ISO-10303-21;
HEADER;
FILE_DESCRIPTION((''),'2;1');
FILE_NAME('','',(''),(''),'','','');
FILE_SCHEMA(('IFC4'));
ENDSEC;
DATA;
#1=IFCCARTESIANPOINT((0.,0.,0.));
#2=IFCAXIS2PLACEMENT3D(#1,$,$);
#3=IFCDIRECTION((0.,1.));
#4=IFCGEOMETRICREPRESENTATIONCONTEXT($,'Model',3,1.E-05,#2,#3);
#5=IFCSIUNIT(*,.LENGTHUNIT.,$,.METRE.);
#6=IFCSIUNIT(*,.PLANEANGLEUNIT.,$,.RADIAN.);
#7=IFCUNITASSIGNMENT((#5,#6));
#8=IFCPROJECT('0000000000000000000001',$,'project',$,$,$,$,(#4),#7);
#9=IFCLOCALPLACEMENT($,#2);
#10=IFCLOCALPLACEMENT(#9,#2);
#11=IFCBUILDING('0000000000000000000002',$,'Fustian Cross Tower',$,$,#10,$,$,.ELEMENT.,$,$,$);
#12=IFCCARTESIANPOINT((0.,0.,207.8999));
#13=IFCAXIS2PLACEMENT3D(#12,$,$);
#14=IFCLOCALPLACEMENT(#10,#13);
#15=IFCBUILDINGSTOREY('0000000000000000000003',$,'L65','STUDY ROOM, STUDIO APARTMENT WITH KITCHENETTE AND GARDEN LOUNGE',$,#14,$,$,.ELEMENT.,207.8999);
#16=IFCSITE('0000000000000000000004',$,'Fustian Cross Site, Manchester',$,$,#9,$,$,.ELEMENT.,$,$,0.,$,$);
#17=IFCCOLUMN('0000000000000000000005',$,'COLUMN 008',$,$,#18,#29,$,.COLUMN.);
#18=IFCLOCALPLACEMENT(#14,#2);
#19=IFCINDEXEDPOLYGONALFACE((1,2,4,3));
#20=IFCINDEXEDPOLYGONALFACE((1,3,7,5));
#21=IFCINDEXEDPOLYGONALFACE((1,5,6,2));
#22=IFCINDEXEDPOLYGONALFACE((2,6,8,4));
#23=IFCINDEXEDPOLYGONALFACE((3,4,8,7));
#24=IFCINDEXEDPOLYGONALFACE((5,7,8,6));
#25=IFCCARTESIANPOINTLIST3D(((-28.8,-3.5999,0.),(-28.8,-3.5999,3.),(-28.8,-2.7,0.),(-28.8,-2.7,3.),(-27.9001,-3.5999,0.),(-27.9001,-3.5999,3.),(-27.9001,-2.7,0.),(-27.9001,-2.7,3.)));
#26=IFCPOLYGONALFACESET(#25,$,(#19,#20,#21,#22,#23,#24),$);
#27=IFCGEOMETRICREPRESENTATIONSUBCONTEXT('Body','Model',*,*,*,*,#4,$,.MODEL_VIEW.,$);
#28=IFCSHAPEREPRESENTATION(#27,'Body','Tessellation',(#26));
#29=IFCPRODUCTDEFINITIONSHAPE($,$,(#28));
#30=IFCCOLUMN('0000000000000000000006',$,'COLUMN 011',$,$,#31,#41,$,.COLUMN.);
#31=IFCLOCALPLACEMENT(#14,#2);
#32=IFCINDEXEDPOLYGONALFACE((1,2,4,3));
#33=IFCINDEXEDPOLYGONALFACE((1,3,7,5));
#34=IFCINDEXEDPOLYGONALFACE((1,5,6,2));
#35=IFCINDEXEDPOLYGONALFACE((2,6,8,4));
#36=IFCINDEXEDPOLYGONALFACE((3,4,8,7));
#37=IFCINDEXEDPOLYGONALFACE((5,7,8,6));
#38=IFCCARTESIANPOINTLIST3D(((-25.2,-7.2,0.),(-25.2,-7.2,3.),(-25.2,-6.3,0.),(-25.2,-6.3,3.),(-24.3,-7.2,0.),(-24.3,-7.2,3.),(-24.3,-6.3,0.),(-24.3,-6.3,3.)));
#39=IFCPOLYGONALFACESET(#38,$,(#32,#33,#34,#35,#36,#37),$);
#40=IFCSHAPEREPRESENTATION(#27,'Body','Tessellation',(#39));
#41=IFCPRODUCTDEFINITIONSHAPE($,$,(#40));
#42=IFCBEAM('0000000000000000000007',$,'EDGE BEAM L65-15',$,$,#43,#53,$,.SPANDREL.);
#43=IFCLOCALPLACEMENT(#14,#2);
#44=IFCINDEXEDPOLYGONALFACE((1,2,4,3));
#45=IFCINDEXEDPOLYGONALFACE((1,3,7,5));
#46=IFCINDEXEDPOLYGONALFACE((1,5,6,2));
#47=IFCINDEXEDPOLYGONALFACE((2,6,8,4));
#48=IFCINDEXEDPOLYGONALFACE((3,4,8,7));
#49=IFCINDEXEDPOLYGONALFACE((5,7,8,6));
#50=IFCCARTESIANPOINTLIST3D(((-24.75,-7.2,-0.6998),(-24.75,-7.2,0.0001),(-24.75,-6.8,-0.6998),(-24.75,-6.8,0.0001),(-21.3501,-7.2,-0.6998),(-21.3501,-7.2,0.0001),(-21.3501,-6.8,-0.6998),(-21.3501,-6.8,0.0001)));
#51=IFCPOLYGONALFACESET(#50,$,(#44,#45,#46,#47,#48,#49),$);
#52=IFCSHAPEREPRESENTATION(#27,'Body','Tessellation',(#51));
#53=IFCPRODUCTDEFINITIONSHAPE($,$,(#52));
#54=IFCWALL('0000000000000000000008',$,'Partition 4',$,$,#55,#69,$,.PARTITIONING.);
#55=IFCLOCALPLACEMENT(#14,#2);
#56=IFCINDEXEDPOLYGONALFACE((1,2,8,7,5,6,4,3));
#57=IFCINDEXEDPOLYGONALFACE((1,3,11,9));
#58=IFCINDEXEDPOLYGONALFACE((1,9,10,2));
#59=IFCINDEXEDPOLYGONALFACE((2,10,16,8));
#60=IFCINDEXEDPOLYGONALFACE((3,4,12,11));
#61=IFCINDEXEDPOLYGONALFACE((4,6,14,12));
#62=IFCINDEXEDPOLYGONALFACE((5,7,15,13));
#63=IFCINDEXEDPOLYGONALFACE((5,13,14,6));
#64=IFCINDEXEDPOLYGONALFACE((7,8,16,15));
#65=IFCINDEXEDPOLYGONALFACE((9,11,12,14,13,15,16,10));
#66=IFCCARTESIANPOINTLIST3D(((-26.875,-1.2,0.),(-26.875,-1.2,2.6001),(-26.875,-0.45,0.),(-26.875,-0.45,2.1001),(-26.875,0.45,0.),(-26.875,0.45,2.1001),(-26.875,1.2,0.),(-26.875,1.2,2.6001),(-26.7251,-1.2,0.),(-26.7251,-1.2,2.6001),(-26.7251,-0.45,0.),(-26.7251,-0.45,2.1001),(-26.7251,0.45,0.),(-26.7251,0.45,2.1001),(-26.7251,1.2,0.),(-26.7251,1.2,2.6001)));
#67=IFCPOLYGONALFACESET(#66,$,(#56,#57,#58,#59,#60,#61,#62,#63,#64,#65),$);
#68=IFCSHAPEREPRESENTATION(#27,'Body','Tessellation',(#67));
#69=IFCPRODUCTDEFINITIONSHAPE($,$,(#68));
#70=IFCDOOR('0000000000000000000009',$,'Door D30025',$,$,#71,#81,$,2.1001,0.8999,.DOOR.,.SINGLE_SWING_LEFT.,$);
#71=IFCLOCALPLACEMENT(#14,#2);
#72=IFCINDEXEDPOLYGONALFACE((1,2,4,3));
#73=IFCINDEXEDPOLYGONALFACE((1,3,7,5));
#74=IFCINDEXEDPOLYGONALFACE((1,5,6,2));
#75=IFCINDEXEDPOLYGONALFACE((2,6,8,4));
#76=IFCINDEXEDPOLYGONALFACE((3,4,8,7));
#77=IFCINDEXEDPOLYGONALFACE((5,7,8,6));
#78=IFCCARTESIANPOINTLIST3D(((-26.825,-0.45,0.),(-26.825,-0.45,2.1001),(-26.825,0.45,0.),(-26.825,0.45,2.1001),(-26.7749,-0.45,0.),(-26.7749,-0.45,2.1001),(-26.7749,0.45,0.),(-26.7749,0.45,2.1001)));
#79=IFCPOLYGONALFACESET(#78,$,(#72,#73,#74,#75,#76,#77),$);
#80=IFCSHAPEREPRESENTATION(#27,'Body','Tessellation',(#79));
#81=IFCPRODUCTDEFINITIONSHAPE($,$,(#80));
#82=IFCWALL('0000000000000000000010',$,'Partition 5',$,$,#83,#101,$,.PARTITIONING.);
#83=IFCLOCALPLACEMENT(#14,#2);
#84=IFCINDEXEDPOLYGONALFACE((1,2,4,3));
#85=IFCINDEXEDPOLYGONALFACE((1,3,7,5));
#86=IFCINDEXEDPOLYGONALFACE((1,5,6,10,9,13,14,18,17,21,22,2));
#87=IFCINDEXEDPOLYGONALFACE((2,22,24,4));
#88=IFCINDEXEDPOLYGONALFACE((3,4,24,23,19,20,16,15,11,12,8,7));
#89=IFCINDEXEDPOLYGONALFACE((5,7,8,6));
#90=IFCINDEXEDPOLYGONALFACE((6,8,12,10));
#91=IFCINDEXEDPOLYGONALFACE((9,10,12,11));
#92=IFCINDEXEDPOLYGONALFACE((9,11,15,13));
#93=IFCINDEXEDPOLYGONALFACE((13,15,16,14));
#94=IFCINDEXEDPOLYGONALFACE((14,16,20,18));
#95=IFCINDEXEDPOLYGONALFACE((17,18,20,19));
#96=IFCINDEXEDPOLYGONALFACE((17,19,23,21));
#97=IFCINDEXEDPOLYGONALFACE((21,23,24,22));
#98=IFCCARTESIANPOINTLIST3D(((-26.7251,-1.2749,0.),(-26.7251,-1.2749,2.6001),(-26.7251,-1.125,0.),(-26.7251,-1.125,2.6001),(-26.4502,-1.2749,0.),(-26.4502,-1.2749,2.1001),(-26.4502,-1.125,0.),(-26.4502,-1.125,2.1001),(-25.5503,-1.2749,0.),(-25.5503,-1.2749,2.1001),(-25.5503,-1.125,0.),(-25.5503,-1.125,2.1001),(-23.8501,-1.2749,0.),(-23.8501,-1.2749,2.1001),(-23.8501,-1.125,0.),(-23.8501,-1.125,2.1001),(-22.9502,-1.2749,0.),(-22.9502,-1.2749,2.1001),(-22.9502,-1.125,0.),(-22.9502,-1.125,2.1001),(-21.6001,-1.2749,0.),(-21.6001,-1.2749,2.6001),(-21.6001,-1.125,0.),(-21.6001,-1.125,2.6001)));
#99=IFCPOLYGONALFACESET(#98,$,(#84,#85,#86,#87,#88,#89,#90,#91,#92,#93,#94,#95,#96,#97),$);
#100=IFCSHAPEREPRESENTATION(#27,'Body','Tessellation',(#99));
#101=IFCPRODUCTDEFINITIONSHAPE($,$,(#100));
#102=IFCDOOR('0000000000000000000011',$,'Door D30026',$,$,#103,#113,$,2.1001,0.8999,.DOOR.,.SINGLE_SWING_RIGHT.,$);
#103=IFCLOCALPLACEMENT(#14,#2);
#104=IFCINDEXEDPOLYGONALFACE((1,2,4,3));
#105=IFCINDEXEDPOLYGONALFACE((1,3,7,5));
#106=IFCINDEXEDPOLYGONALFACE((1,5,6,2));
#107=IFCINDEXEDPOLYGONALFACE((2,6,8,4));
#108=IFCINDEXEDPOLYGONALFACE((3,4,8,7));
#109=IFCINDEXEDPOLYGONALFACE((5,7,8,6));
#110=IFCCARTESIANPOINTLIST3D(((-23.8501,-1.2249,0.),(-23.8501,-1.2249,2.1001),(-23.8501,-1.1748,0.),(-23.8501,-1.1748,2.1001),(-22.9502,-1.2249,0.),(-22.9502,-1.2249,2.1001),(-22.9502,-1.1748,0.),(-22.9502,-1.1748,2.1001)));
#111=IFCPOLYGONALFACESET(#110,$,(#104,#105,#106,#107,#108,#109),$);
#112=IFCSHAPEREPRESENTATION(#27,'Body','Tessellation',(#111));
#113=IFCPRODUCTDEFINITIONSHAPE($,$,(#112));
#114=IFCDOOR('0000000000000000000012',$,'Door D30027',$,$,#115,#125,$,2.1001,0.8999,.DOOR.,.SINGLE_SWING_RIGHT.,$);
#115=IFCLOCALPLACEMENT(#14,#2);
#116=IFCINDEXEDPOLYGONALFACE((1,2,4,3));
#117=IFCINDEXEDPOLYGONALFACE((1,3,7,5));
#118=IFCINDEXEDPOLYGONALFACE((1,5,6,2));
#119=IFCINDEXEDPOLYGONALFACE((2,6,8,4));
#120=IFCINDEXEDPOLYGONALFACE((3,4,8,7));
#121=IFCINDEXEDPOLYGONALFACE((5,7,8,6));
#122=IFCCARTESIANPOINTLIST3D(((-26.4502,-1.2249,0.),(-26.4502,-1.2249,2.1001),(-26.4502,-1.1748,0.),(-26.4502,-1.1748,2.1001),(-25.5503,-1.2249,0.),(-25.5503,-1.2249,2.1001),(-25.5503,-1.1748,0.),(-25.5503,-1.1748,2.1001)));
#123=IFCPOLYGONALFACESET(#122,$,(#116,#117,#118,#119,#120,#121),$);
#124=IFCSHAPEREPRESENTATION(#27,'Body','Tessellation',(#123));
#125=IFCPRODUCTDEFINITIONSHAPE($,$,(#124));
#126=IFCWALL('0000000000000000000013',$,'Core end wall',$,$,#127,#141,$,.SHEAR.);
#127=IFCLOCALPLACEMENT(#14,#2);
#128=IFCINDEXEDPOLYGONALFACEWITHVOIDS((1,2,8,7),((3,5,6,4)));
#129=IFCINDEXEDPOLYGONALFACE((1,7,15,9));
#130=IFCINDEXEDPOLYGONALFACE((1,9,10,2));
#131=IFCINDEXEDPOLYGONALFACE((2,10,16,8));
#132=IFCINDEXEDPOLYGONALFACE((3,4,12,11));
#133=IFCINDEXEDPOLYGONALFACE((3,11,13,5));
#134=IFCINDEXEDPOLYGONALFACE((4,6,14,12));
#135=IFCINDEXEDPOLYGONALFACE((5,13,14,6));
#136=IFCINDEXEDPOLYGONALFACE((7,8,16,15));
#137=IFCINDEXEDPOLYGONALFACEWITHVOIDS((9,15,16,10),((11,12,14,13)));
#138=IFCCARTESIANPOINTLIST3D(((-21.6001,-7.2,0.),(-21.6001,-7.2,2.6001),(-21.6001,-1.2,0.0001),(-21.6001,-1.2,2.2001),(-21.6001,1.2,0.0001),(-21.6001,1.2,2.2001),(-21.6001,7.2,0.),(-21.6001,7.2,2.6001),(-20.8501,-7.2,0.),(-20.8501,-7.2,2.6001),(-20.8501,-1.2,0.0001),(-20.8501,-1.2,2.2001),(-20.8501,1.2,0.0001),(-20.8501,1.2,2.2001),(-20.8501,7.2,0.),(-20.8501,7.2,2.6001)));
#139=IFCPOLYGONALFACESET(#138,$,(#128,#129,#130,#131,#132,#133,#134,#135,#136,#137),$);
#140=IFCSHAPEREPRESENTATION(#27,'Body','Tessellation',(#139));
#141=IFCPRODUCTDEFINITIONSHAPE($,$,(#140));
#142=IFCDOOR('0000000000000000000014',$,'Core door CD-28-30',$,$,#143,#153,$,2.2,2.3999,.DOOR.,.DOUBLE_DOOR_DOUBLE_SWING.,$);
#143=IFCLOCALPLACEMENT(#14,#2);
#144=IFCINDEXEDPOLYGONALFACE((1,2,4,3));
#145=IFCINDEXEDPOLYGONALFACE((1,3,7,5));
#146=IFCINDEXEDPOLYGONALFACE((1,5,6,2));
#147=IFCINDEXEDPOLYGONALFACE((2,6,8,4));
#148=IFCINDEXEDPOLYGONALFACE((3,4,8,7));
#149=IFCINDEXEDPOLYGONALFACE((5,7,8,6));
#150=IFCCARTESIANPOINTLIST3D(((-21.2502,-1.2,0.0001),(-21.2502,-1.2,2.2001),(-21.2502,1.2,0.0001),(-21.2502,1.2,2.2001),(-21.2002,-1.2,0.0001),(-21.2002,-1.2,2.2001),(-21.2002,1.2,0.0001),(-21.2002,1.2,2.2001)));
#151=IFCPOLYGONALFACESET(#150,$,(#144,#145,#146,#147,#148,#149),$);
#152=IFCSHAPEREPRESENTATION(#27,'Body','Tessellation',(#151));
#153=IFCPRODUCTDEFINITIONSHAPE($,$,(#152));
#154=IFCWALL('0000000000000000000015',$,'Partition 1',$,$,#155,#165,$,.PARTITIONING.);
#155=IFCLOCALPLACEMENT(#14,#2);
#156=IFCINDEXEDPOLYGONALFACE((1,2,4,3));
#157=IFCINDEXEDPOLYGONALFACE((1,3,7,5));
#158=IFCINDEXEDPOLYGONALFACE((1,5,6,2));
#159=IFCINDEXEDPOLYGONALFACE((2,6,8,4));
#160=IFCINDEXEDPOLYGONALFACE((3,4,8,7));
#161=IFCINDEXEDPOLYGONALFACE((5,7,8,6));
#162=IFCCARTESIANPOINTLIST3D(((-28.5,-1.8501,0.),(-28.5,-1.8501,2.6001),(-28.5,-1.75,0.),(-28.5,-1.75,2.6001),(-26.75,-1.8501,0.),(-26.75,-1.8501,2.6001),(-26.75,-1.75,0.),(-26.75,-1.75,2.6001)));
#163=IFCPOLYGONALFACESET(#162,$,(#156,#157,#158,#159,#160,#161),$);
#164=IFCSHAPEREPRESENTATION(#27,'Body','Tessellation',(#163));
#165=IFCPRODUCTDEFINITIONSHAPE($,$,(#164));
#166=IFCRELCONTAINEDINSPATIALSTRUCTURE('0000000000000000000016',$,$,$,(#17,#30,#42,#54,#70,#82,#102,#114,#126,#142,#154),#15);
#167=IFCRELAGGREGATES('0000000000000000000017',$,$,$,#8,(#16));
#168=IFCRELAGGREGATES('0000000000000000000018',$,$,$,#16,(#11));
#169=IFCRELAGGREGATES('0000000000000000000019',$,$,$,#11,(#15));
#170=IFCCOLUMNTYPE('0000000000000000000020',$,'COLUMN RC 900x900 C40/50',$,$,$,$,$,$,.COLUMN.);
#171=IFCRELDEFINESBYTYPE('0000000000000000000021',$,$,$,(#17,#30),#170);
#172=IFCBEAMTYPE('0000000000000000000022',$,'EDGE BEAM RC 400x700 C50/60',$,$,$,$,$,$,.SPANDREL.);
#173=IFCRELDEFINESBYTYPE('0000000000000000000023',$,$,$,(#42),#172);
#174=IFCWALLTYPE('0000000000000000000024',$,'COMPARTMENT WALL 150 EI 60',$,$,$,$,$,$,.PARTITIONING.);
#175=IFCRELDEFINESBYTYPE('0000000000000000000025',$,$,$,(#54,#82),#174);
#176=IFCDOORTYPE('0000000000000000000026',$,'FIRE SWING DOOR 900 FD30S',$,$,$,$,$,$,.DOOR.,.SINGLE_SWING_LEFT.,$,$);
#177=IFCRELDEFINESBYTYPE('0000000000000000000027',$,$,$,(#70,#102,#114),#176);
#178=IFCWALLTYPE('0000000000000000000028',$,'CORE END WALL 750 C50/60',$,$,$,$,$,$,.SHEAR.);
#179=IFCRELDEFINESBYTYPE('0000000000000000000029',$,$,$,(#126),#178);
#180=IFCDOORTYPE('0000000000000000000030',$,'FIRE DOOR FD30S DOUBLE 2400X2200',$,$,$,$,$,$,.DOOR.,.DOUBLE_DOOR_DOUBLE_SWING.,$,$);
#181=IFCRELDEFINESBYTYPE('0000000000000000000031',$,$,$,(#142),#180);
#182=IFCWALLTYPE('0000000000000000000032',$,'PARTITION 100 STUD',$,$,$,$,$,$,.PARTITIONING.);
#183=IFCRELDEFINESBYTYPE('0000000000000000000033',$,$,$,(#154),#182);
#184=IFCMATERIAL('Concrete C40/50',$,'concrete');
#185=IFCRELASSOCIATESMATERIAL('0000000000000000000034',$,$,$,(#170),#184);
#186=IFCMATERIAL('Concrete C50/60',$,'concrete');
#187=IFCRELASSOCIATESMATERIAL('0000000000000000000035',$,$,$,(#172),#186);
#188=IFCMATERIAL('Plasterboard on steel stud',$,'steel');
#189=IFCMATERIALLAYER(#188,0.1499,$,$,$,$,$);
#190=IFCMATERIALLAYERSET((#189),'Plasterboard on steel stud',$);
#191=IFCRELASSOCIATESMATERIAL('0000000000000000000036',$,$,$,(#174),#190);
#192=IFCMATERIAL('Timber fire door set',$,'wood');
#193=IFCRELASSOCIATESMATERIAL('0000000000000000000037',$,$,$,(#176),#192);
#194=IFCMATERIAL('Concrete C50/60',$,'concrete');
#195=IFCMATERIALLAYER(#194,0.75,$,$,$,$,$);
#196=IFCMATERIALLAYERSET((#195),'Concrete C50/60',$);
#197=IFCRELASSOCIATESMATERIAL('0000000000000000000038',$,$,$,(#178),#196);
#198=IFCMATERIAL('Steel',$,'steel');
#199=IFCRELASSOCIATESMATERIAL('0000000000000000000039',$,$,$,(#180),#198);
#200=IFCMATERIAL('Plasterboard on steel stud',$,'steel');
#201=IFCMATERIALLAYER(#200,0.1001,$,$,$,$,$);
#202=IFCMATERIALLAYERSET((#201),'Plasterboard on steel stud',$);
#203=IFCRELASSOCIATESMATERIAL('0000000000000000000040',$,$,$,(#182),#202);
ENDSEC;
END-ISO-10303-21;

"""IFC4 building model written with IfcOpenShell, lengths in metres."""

from ifc_helpers import new_model, si_unit, direction, frame, frame_2d, origin, origin_2d, place, context, subcontext, project, spatial, rectangle, extrude, material, layer, layer_set, material_profile, profile_set, type_object, element, fill, save


model = new_model("IFC4")

# Units and contexts
model_context = context("Model", 3, precision=1e-05, world=origin(), true_north=direction((0.0, 1.0)))
body_context = subcontext(model_context, "Body", "Model", "MODEL_VIEW")
ifc_project = project(units=[si_unit("LENGTHUNIT", "METRE"), si_unit("PLANEANGLEUNIT", "RADIAN")], contexts=[model_context])

# Site, building, storey
site_placement = place(None, origin())
site = spatial("IfcSite", under=ifc_project, at=site_placement, Name="Fustian Cross Site, Manchester", CompositionType="ELEMENT", RefElevation=0.0)
building_placement = place(site_placement, origin())
building = spatial("IfcBuilding", under=site, at=building_placement, Name="Fustian Cross Tower", CompositionType="ELEMENT")
storey_placement = place(building_placement, frame((0.0, 0.0, 207.8999)))
storey = spatial("IfcBuildingStorey", under=building, at=storey_placement, Name="L65", Description="STUDY ROOM, STUDIO APARTMENT WITH KITCHENETTE AND GARDEN LOUNGE", CompositionType="ELEMENT", Elevation=207.8999)

# Columns
ifc_material_1 = material(Name="Concrete C40/50", Category="concrete")
ifc_material_profile_1 = material_profile(ifc_material_1, rectangle(XDim=0.8999, YDim=0.8999, at=origin_2d()), Name="RC 900x900")
ifc_profile_set_1 = profile_set([ifc_material_profile_1], Name="Concrete C40/50")
column_type = type_object("IfcColumnType", Name="COLUMN RC 900x900 C40/50", PredefinedType="COLUMN", material=ifc_profile_set_1)
for number, where, z_axis, x_axis, name in (
    (1, (-28.3501, -3.1499, 0.0), (0.0, 0.0, 1.0), (1.0, 0.0, 0.0), "COLUMN 008"),
    (2, (-24.75, -6.75, 0.0), (0.0, 0.0, 1.0), (1.0, 0.0, 0.0), "COLUMN 011"),
):
    element("IfcColumn", number, at=place(storey_placement, frame(where, z_axis=z_axis, x_axis=x_axis)), inside=storey, type_object=column_type, Name=name, PredefinedType="COLUMN", context=body_context, shape_type="SweptSolid", body=[
        extrude(rectangle(XDim=0.8999, YDim=0.8999, at=origin_2d()), origin(), (0.0, 0.0, 1.0), 3.0),
    ])

# Beam
ifc_material_2 = material(Name="Concrete C50/60", Category="concrete")
ifc_material_profile_2 = material_profile(ifc_material_2, rectangle(XDim=0.3999, YDim=0.7, at=origin_2d()), Name="RC 400x700")
ifc_profile_set_2 = profile_set([ifc_material_profile_2], Name="Concrete C50/60")
beam_type = type_object("IfcBeamType", Name="EDGE BEAM RC 400x700 C50/60", PredefinedType="SPANDREL", material=ifc_profile_set_2)
beam_placement = place(storey_placement, frame((-24.75, -7.0, -0.3499), z_axis=(1.0, 0.0, 0.0), x_axis=(0.0, 1.0, 0.0)))
element("IfcBeam", 3, at=beam_placement, inside=storey, type_object=beam_type, Name="EDGE BEAM L65-15", PredefinedType="SPANDREL", context=body_context, shape_type="SweptSolid", body=[
    extrude(rectangle(XDim=0.3999, YDim=0.7, at=origin_2d()), origin(), (0.0, 0.0, 1.0), 3.3999),
])

# Wall, opening, door
ifc_material_3 = material(Name="Plasterboard on steel stud", Category="steel")
ifc_layer_1 = layer(ifc_material_3, 0.1499)
ifc_layer_set_1 = layer_set([ifc_layer_1], Name="Plasterboard on steel stud")
wall_type_1 = type_object("IfcWallType", Name="COMPARTMENT WALL 150 EI 60", PredefinedType="PARTITIONING", material=ifc_layer_set_1)
wall_1_placement = place(storey_placement, frame((-26.8, -1.2, 0.0), z_axis=(0.0, 0.0, 1.0), x_axis=(0.0, 1.0, 0.0)))
wall_1 = element("IfcWall", 4, at=wall_1_placement, inside=storey, type_object=wall_type_1, Name="Partition 4", PredefinedType="PARTITIONING", context=body_context, shape_type="SweptSolid", body=[
    extrude(rectangle(XDim=2.3999, YDim=0.1499, at=frame_2d((1.2, 0.0))), origin(), (0.0, 0.0, 1.0), 2.6001),
])
opening_1_placement = place(wall_1_placement, frame((0.75, 0.0, 0.0)))
opening_1 = element("IfcOpeningElement", 5, at=opening_1_placement, cuts=wall_1, PredefinedType="OPENING", context=body_context, shape_type="SweptSolid", body=[
    extrude(rectangle(XDim=0.8999, YDim=2.1001, at=frame_2d((0.45, 1.05))), frame((0.0, 0.085, 0.0), z_axis=(0.0, -1.0, 0.0), x_axis=(1.0, 0.0, 0.0)), (0.0, 0.0, 1.0), 0.1699),
])
ifc_material_4 = material(Name="Timber fire door set", Category="wood")
door_type_1 = type_object("IfcDoorType", Name="FIRE SWING DOOR 900 FD30S", OperationType="SINGLE_SWING_LEFT", PredefinedType="DOOR", material=ifc_material_4)
door_1_placement = place(opening_1_placement, origin())
door_1 = element("IfcDoor", 6, at=door_1_placement, inside=storey, type_object=door_type_1, Name="Door D30025", OperationType="SINGLE_SWING_LEFT", OverallHeight=2.1001, OverallWidth=0.8999, PredefinedType="DOOR", context=body_context, shape_type="SweptSolid", body=[
    extrude(rectangle(XDim=0.8999, YDim=2.1001, at=frame_2d((0.45, 1.05))), frame((0.0, 0.0249, 0.0), z_axis=(0.0, -1.0, 0.0), x_axis=(1.0, 0.0, 0.0)), (0.0, 0.0, 1.0), 0.05),
])
fill(opening_1, door_1)

# Wall, openings, doors
wall_2_placement = place(storey_placement, frame((-26.7251, -1.2, 0.0), z_axis=(0.0, 0.0, 1.0), x_axis=(1.0, 0.0, 0.0)))
wall_2 = element("IfcWall", 7, at=wall_2_placement, inside=storey, type_object=wall_type_1, Name="Partition 5", PredefinedType="PARTITIONING", context=body_context, shape_type="SweptSolid", body=[
    extrude(rectangle(XDim=5.125, YDim=0.1499, at=frame_2d((2.5625, 0.0))), origin(), (0.0, 0.0, 1.0), 2.6001),
])
opening_2_placement = place(wall_2_placement, frame((2.875, 0.0, 0.0)))
opening_2 = element("IfcOpeningElement", 8, at=opening_2_placement, cuts=wall_2, PredefinedType="OPENING", context=body_context, shape_type="SweptSolid", body=[
    extrude(rectangle(XDim=0.8999, YDim=2.1001, at=frame_2d((0.45, 1.05))), frame((0.0, 0.085, 0.0), z_axis=(0.0, -1.0, 0.0), x_axis=(1.0, 0.0, 0.0)), (0.0, 0.0, 1.0), 0.1699),
])
opening_3_placement = place(wall_2_placement, frame((0.2749, 0.0, 0.0)))
opening_3 = element("IfcOpeningElement", 9, at=opening_3_placement, cuts=wall_2, PredefinedType="OPENING", context=body_context, shape_type="SweptSolid", body=[
    extrude(rectangle(XDim=0.8999, YDim=2.1001, at=frame_2d((0.45, 1.05))), frame((0.0, 0.085, 0.0), z_axis=(0.0, -1.0, 0.0), x_axis=(1.0, 0.0, 0.0)), (0.0, 0.0, 1.0), 0.1699),
])
door_2_placement = place(opening_2_placement, frame((0.8999, 0.0, 0.0), z_axis=(0.0, 0.0, 1.0), x_axis=(-1.0, 0.0, 0.0)))
door_2 = element("IfcDoor", 10, at=door_2_placement, inside=storey, type_object=door_type_1, Name="Door D30026", OperationType="SINGLE_SWING_RIGHT", OverallHeight=2.1001, OverallWidth=0.8999, PredefinedType="DOOR", context=body_context, shape_type="SweptSolid", body=[
    extrude(rectangle(XDim=0.8999, YDim=2.1001, at=frame_2d((0.45, 1.05))), frame((0.0, 0.0249, 0.0), z_axis=(0.0, -1.0, 0.0), x_axis=(1.0, 0.0, 0.0)), (0.0, 0.0, 1.0), 0.05),
])
fill(opening_2, door_2)
door_3_placement = place(opening_3_placement, frame((0.8999, 0.0, 0.0), z_axis=(0.0, 0.0, 1.0), x_axis=(-1.0, 0.0, 0.0)))
door_3 = element("IfcDoor", 11, at=door_3_placement, inside=storey, type_object=door_type_1, Name="Door D30027", OperationType="SINGLE_SWING_RIGHT", OverallHeight=2.1001, OverallWidth=0.8999, PredefinedType="DOOR", context=body_context, shape_type="SweptSolid", body=[
    extrude(rectangle(XDim=0.8999, YDim=2.1001, at=frame_2d((0.45, 1.05))), frame((0.0, 0.0249, 0.0), z_axis=(0.0, -1.0, 0.0), x_axis=(1.0, 0.0, 0.0)), (0.0, 0.0, 1.0), 0.05),
])
fill(opening_3, door_3)

# Wall, opening, door
ifc_material_5 = material(Name="Concrete C50/60", Category="concrete")
ifc_layer_2 = layer(ifc_material_5, 0.75)
ifc_layer_set_2 = layer_set([ifc_layer_2], Name="Concrete C50/60")
wall_type_2 = type_object("IfcWallType", Name="CORE END WALL 750 C50/60", PredefinedType="SHEAR", material=ifc_layer_set_2)
wall_3_placement = place(storey_placement, frame((-21.2251, -7.2, 0.0), z_axis=(0.0, 0.0, 1.0), x_axis=(0.0, 1.0, 0.0)))
wall_3 = element("IfcWall", 12, at=wall_3_placement, inside=storey, type_object=wall_type_2, Name="Core end wall", PredefinedType="SHEAR", context=body_context, shape_type="SweptSolid", body=[
    extrude(rectangle(XDim=14.3999, YDim=0.75, at=frame_2d((7.2, 0.0))), origin(), (0.0, 0.0, 1.0), 2.6001),
])
opening_4_placement = place(wall_3_placement, frame((6.0, 0.0, 0.0)))
opening_4 = element("IfcOpeningElement", 13, at=opening_4_placement, cuts=wall_3, PredefinedType="OPENING", context=body_context, shape_type="SweptSolid", body=[
    extrude(rectangle(XDim=2.3999, YDim=2.2, at=frame_2d((1.2, 1.1001))), frame((0.0, 0.385, 0.0), z_axis=(0.0, -1.0, 0.0), x_axis=(1.0, 0.0, 0.0)), (0.0, 0.0, 1.0), 0.77),
])
ifc_material_6 = material(Name="Steel", Category="steel")
door_type_2 = type_object("IfcDoorType", Name="FIRE DOOR FD30S DOUBLE 2400X2200", OperationType="DOUBLE_DOOR_DOUBLE_SWING", PredefinedType="DOOR", material=ifc_material_6)
door_4_placement = place(opening_4_placement, frame((2.3999, 0.0, 0.0), z_axis=(0.0, 0.0, 1.0), x_axis=(-1.0, 0.0, 0.0)))
door_4 = element("IfcDoor", 14, at=door_4_placement, inside=storey, type_object=door_type_2, Name="Core door CD-28-30", OperationType="DOUBLE_DOOR_DOUBLE_SWING", OverallHeight=2.2, OverallWidth=2.3999, PredefinedType="DOOR", context=body_context, shape_type="SweptSolid", body=[
    extrude(rectangle(XDim=2.3999, YDim=2.2, at=frame_2d((1.2, 1.1001))), frame((0.0, 0.0249, 0.0), z_axis=(0.0, -1.0, 0.0), x_axis=(1.0, 0.0, 0.0)), (0.0, 0.0, 1.0), 0.05),
])
fill(opening_4, door_4)

# Wall
ifc_material_7 = material(Name="Plasterboard on steel stud", Category="steel")
ifc_layer_3 = layer(ifc_material_7, 0.1001)
ifc_layer_set_3 = layer_set([ifc_layer_3], Name="Plasterboard on steel stud")
wall_type_3 = type_object("IfcWallType", Name="PARTITION 100 STUD", PredefinedType="PARTITIONING", material=ifc_layer_set_3)
wall_4_placement = place(storey_placement, frame((-28.5, -1.8, 0.0), z_axis=(0.0, 0.0, 1.0), x_axis=(1.0, 0.0, 0.0)))
element("IfcWall", 15, at=wall_4_placement, inside=storey, type_object=wall_type_3, Name="Partition 1", PredefinedType="PARTITIONING", context=body_context, shape_type="SweptSolid", body=[
    extrude(rectangle(XDim=1.75, YDim=0.1001, at=frame_2d((0.875, 0.0))), origin(), (0.0, 0.0, 1.0), 2.6001),
])

save(model, "model.ifc")
